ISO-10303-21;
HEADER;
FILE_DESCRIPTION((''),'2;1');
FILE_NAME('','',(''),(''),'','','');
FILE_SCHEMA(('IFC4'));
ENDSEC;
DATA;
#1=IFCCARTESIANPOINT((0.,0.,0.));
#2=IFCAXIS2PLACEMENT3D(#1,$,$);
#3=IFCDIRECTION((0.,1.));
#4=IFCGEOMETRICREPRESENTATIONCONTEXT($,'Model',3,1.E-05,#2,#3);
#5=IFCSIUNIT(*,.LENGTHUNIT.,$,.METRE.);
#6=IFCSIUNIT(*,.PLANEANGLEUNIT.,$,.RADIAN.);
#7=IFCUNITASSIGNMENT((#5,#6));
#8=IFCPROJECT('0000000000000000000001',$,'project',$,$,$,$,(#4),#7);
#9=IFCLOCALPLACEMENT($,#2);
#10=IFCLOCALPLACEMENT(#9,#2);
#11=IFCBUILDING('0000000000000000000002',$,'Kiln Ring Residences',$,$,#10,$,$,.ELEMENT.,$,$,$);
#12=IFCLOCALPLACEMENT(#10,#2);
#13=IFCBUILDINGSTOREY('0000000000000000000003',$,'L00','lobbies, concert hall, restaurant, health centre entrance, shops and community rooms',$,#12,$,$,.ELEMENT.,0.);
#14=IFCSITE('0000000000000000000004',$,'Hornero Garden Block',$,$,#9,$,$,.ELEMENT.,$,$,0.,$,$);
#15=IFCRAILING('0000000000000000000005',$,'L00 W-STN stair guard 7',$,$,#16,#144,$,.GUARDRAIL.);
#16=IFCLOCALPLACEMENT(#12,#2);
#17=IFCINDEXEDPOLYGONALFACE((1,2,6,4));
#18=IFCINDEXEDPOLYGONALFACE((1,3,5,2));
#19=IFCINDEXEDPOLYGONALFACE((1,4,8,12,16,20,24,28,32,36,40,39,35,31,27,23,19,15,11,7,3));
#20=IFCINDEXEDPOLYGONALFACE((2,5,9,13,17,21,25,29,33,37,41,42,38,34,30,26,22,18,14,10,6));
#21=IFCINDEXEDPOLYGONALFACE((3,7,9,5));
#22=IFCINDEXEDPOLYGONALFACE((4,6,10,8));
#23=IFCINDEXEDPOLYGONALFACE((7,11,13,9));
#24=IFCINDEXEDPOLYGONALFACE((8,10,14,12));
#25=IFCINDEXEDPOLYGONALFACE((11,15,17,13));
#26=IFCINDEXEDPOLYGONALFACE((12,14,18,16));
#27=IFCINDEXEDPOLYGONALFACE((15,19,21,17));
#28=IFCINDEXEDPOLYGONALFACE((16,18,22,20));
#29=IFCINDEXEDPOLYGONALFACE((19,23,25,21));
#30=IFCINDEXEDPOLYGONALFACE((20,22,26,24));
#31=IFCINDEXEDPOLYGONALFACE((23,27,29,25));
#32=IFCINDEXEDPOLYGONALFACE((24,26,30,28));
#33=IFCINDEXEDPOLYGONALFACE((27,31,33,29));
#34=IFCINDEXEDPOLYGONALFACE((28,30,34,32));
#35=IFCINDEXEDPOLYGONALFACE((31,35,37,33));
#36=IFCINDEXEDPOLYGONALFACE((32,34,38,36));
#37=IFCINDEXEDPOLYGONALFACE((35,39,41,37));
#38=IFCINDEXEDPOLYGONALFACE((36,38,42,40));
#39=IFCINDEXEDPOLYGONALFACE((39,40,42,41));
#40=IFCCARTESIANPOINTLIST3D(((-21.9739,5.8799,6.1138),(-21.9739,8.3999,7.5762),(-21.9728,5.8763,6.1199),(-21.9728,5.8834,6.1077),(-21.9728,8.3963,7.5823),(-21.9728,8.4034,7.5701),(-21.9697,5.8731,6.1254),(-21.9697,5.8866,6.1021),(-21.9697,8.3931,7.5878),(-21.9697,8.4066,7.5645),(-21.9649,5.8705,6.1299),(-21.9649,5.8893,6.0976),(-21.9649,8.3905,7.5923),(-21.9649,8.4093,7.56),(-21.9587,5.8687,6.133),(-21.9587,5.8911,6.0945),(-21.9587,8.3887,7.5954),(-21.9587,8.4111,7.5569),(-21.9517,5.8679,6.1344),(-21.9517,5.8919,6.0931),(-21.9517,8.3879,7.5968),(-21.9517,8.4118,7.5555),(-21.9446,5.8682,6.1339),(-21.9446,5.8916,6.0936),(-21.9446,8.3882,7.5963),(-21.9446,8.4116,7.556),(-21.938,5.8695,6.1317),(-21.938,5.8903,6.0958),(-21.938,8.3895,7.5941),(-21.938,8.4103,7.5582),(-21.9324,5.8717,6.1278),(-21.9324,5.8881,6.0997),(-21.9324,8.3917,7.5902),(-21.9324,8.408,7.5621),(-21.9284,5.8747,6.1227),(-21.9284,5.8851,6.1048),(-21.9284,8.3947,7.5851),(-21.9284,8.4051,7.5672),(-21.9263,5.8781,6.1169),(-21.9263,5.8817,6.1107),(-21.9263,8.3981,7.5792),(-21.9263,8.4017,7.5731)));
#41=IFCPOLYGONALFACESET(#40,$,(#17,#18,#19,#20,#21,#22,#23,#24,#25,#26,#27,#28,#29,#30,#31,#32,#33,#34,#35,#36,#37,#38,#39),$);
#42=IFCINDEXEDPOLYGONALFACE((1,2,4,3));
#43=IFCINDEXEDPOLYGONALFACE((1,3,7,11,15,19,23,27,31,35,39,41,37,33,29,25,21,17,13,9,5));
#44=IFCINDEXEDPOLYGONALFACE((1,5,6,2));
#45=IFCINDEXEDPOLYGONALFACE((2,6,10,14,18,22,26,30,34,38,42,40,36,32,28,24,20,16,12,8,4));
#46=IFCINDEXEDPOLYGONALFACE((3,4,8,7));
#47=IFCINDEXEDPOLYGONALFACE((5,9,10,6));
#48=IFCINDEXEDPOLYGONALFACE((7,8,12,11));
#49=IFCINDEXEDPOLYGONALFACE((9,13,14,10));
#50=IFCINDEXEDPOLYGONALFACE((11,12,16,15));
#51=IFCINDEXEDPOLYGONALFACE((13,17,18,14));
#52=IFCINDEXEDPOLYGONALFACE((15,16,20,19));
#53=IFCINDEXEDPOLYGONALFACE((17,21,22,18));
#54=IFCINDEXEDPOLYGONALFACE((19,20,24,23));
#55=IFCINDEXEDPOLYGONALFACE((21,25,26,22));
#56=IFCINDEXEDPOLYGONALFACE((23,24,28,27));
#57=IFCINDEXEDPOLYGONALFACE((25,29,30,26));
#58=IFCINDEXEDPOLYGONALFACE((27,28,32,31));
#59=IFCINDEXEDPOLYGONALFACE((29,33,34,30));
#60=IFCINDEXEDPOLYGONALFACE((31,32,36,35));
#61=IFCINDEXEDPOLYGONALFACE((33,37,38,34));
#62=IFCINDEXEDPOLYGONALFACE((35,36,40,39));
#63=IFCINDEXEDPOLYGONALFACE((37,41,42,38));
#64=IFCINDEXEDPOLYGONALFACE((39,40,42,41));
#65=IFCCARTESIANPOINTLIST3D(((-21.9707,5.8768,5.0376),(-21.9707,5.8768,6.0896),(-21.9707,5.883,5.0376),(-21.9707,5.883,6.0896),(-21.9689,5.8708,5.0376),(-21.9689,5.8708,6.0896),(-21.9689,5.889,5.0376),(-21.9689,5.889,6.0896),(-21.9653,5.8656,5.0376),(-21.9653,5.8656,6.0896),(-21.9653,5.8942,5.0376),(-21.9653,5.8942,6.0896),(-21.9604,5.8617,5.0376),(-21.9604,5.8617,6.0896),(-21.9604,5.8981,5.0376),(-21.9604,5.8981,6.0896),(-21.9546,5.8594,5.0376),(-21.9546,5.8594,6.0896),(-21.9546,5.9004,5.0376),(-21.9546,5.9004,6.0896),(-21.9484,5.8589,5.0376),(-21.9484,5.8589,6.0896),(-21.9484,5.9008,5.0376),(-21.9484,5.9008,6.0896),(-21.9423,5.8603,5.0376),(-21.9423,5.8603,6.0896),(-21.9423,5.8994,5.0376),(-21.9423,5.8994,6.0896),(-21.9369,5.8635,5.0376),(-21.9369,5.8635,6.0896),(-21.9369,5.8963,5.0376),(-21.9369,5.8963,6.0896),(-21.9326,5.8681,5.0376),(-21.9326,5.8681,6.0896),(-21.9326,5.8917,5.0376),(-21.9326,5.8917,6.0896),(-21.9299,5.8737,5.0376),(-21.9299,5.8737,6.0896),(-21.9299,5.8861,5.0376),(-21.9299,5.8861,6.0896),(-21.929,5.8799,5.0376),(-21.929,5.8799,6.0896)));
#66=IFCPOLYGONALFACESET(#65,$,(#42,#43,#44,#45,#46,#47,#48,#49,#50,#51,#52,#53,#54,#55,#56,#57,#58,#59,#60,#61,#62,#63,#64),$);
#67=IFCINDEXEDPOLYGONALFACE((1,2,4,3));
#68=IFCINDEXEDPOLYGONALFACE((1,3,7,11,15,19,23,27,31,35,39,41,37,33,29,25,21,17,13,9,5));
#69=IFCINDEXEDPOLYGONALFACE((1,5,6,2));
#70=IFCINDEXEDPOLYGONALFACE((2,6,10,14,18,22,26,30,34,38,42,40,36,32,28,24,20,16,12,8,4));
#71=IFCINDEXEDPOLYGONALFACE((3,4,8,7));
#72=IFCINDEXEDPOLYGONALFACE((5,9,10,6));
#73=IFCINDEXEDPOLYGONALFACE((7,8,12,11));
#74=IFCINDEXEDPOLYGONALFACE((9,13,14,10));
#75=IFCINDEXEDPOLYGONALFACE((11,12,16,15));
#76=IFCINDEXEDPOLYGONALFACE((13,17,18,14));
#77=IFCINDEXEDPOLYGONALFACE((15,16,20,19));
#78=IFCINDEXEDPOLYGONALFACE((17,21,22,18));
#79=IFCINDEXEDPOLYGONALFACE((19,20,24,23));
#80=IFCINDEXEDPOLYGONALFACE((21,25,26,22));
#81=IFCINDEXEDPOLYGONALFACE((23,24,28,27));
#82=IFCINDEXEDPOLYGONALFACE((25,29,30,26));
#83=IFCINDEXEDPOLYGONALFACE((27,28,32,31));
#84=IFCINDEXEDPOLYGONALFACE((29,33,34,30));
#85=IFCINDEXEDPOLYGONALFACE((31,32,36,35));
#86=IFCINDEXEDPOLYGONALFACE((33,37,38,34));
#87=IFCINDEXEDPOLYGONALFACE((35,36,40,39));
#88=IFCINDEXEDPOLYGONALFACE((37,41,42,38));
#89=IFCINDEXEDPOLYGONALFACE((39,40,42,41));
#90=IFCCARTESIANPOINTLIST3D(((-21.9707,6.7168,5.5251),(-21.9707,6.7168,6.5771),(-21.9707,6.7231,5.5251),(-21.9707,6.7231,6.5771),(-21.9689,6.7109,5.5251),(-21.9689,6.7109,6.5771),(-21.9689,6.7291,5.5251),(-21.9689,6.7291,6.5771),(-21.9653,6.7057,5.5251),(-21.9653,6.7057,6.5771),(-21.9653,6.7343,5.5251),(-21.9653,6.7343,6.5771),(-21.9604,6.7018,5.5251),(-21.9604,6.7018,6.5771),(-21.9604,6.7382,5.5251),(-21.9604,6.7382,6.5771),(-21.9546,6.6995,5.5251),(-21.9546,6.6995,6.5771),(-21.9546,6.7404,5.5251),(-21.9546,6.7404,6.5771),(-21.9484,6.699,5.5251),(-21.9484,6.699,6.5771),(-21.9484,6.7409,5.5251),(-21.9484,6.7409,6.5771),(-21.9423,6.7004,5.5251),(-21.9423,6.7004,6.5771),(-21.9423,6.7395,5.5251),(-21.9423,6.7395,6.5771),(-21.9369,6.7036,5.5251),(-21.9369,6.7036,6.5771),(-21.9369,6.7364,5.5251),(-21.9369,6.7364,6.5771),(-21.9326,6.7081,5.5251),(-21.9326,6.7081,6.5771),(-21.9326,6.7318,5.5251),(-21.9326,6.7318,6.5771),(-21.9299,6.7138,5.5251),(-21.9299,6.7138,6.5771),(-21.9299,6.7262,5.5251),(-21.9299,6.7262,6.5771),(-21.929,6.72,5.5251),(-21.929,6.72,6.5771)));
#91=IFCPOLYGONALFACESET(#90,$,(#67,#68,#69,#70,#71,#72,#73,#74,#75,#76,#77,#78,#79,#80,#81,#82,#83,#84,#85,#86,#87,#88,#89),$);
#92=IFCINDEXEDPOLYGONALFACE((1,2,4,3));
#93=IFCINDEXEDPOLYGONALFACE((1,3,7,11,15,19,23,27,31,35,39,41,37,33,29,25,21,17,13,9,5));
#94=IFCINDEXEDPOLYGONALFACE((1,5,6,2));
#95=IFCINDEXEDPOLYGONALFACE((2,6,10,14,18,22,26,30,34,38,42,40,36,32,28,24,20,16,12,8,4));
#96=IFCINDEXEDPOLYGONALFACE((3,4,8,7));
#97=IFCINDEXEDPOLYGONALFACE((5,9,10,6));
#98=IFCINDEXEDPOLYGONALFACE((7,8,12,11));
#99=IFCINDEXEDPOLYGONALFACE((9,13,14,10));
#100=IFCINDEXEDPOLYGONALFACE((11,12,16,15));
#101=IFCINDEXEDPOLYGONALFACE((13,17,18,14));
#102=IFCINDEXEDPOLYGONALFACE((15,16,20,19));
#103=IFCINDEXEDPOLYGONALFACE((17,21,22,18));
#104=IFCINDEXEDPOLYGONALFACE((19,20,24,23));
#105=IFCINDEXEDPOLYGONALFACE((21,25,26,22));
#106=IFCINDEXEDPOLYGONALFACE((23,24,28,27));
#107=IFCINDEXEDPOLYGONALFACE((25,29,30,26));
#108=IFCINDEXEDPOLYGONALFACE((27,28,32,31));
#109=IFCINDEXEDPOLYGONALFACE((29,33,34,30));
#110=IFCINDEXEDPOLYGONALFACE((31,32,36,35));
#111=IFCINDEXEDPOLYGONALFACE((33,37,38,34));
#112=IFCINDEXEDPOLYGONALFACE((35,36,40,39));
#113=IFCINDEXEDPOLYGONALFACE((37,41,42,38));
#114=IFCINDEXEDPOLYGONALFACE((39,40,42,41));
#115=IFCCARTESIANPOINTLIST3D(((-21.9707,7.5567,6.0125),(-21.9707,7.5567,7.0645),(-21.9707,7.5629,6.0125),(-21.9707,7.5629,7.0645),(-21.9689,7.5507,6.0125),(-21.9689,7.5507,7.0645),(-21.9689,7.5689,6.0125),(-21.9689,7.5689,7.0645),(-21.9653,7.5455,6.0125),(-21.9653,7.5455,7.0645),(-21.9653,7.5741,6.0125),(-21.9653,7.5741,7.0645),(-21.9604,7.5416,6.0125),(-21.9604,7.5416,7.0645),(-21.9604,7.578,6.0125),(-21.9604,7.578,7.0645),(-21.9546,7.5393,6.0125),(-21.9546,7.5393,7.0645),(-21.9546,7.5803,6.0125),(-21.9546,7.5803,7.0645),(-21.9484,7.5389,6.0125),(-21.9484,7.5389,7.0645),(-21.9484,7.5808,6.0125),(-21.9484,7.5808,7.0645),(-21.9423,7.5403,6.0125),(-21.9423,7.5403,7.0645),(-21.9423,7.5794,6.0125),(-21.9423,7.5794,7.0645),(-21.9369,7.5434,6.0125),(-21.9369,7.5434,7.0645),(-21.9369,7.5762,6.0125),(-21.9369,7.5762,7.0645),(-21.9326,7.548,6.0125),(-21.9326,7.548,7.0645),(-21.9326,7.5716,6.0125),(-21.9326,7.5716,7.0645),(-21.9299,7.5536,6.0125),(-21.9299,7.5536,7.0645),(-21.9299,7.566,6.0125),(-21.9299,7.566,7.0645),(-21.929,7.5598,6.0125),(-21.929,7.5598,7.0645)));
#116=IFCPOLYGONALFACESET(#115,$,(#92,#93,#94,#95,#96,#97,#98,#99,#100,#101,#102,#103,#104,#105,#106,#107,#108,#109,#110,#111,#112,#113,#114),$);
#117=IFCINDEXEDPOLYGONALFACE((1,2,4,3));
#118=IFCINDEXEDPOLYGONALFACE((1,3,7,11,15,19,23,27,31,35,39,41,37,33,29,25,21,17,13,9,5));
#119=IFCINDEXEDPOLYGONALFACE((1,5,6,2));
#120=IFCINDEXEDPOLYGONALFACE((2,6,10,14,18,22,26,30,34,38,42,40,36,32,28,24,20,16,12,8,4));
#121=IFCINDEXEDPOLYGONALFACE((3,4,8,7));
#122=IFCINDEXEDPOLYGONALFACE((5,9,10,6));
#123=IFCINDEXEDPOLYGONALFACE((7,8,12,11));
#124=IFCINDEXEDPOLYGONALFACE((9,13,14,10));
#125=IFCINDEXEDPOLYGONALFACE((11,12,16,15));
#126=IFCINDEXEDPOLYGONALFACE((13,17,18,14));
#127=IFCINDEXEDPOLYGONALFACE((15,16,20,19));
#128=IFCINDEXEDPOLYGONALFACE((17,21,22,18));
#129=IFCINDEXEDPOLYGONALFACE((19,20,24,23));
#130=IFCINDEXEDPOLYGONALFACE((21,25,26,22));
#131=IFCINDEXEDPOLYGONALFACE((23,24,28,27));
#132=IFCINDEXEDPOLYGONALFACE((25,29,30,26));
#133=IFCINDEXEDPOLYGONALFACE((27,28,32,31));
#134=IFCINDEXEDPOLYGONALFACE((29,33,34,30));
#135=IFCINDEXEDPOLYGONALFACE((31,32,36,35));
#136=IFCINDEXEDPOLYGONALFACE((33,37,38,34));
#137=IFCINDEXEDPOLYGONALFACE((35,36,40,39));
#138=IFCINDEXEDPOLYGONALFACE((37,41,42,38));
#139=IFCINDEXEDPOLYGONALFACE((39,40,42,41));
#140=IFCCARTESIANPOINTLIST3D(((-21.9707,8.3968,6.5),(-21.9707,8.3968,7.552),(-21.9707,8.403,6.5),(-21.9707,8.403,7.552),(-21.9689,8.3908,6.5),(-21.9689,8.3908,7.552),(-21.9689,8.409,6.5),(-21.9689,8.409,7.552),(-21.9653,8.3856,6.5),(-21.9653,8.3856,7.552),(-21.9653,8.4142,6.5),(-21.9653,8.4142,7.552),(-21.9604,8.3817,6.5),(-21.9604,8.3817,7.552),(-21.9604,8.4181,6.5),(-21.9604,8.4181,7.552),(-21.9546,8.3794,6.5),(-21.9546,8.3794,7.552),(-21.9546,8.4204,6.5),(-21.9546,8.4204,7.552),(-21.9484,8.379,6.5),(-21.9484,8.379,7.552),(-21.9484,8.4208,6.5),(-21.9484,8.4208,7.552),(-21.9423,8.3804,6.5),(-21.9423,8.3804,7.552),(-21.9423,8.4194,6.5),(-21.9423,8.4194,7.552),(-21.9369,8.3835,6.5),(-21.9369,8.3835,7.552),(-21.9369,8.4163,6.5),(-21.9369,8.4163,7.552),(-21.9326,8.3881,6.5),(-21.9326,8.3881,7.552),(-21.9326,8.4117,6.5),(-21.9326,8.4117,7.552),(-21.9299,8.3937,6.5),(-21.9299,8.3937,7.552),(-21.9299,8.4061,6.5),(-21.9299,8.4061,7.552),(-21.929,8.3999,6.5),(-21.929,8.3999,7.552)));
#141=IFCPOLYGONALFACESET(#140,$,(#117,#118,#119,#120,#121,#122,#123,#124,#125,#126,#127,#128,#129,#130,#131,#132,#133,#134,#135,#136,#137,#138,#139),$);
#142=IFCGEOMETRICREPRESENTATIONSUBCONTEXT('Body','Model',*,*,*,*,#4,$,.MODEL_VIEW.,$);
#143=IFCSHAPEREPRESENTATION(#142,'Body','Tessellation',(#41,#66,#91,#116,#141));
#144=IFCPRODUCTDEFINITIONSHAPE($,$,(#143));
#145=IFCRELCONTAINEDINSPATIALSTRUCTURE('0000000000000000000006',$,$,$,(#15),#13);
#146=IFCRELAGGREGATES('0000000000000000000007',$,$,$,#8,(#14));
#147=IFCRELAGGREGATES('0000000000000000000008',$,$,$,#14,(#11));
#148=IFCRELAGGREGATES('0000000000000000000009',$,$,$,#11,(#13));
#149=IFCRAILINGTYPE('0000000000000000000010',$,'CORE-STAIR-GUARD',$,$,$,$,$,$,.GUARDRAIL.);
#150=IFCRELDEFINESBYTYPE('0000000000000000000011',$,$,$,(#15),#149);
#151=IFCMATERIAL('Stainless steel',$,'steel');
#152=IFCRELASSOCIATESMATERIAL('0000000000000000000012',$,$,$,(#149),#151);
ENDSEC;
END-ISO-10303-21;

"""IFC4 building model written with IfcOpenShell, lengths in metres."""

from ifc_helpers import new_model, si_unit, direction, frame, origin, origin_2d, place, context, subcontext, project, spatial, circle, extrude, material, type_object, element, save


model = new_model("IFC4")

# Units and contexts
model_context = context("Model", 3, precision=1e-05, world=origin(), true_north=direction((0.0, 1.0)))
body_context = subcontext(model_context, "Body", "Model", "MODEL_VIEW")
ifc_project = project(units=[si_unit("LENGTHUNIT", "METRE"), si_unit("PLANEANGLEUNIT", "RADIAN")], contexts=[model_context])

# Site, building, storey
site_placement = place(None, origin())
site = spatial("IfcSite", under=ifc_project, at=site_placement, Name="Hornero Garden Block", CompositionType="ELEMENT", RefElevation=0.0)
building_placement = place(site_placement, origin())
building = spatial("IfcBuilding", under=site, at=building_placement, Name="Kiln Ring Residences", CompositionType="ELEMENT")
storey_placement = place(building_placement, origin())
storey = spatial("IfcBuildingStorey", under=building, at=storey_placement, Name="L00", Description="lobbies, concert hall, restaurant, health centre entrance, shops and community rooms", CompositionType="ELEMENT", Elevation=0.0)

# Railing
ifc_material_1 = material(Name="Stainless steel", Category="steel")
railing_type_1 = type_object("IfcRailingType", Name="CORE-STAIR-GUARD", PredefinedType="GUARDRAIL", material=ifc_material_1)
railing_1_placement = place(storey_placement, frame((-21.95, 5.8799, 5.0376)))
element("IfcRailing", 1, at=railing_1_placement, inside=storey, type_object=railing_type_1, Name="L00 W-STN stair guard 7", PredefinedType="GUARDRAIL", context=body_context, shape_type="SweptSolid", body=[
    extrude(circle(Radius=0.0239, at=origin_2d()), frame((0.0, 0.0, 1.0762), z_axis=(0.0, 0.864913, 0.501921), x_axis=(-1.0, 0.0, 0.0)), (0.0, 0.0, 1.0), 2.9136),
    extrude(circle(Radius=0.021, at=origin_2d()), origin(), (0.0, 0.0, 1.0), 1.052),
    extrude(circle(Radius=0.021, at=origin_2d()), frame((0.0, 0.8401, 0.4875)), (0.0, 0.0, 1.0), 1.052),
    extrude(circle(Radius=0.021, at=origin_2d()), frame((0.0, 1.6799, 0.9749)), (0.0, 0.0, 1.0), 1.052),
    extrude(circle(Radius=0.021, at=origin_2d()), frame((0.0, 2.52, 1.4624)), (0.0, 0.0, 1.0), 1.052),
])

save(model, "model.ifc")
